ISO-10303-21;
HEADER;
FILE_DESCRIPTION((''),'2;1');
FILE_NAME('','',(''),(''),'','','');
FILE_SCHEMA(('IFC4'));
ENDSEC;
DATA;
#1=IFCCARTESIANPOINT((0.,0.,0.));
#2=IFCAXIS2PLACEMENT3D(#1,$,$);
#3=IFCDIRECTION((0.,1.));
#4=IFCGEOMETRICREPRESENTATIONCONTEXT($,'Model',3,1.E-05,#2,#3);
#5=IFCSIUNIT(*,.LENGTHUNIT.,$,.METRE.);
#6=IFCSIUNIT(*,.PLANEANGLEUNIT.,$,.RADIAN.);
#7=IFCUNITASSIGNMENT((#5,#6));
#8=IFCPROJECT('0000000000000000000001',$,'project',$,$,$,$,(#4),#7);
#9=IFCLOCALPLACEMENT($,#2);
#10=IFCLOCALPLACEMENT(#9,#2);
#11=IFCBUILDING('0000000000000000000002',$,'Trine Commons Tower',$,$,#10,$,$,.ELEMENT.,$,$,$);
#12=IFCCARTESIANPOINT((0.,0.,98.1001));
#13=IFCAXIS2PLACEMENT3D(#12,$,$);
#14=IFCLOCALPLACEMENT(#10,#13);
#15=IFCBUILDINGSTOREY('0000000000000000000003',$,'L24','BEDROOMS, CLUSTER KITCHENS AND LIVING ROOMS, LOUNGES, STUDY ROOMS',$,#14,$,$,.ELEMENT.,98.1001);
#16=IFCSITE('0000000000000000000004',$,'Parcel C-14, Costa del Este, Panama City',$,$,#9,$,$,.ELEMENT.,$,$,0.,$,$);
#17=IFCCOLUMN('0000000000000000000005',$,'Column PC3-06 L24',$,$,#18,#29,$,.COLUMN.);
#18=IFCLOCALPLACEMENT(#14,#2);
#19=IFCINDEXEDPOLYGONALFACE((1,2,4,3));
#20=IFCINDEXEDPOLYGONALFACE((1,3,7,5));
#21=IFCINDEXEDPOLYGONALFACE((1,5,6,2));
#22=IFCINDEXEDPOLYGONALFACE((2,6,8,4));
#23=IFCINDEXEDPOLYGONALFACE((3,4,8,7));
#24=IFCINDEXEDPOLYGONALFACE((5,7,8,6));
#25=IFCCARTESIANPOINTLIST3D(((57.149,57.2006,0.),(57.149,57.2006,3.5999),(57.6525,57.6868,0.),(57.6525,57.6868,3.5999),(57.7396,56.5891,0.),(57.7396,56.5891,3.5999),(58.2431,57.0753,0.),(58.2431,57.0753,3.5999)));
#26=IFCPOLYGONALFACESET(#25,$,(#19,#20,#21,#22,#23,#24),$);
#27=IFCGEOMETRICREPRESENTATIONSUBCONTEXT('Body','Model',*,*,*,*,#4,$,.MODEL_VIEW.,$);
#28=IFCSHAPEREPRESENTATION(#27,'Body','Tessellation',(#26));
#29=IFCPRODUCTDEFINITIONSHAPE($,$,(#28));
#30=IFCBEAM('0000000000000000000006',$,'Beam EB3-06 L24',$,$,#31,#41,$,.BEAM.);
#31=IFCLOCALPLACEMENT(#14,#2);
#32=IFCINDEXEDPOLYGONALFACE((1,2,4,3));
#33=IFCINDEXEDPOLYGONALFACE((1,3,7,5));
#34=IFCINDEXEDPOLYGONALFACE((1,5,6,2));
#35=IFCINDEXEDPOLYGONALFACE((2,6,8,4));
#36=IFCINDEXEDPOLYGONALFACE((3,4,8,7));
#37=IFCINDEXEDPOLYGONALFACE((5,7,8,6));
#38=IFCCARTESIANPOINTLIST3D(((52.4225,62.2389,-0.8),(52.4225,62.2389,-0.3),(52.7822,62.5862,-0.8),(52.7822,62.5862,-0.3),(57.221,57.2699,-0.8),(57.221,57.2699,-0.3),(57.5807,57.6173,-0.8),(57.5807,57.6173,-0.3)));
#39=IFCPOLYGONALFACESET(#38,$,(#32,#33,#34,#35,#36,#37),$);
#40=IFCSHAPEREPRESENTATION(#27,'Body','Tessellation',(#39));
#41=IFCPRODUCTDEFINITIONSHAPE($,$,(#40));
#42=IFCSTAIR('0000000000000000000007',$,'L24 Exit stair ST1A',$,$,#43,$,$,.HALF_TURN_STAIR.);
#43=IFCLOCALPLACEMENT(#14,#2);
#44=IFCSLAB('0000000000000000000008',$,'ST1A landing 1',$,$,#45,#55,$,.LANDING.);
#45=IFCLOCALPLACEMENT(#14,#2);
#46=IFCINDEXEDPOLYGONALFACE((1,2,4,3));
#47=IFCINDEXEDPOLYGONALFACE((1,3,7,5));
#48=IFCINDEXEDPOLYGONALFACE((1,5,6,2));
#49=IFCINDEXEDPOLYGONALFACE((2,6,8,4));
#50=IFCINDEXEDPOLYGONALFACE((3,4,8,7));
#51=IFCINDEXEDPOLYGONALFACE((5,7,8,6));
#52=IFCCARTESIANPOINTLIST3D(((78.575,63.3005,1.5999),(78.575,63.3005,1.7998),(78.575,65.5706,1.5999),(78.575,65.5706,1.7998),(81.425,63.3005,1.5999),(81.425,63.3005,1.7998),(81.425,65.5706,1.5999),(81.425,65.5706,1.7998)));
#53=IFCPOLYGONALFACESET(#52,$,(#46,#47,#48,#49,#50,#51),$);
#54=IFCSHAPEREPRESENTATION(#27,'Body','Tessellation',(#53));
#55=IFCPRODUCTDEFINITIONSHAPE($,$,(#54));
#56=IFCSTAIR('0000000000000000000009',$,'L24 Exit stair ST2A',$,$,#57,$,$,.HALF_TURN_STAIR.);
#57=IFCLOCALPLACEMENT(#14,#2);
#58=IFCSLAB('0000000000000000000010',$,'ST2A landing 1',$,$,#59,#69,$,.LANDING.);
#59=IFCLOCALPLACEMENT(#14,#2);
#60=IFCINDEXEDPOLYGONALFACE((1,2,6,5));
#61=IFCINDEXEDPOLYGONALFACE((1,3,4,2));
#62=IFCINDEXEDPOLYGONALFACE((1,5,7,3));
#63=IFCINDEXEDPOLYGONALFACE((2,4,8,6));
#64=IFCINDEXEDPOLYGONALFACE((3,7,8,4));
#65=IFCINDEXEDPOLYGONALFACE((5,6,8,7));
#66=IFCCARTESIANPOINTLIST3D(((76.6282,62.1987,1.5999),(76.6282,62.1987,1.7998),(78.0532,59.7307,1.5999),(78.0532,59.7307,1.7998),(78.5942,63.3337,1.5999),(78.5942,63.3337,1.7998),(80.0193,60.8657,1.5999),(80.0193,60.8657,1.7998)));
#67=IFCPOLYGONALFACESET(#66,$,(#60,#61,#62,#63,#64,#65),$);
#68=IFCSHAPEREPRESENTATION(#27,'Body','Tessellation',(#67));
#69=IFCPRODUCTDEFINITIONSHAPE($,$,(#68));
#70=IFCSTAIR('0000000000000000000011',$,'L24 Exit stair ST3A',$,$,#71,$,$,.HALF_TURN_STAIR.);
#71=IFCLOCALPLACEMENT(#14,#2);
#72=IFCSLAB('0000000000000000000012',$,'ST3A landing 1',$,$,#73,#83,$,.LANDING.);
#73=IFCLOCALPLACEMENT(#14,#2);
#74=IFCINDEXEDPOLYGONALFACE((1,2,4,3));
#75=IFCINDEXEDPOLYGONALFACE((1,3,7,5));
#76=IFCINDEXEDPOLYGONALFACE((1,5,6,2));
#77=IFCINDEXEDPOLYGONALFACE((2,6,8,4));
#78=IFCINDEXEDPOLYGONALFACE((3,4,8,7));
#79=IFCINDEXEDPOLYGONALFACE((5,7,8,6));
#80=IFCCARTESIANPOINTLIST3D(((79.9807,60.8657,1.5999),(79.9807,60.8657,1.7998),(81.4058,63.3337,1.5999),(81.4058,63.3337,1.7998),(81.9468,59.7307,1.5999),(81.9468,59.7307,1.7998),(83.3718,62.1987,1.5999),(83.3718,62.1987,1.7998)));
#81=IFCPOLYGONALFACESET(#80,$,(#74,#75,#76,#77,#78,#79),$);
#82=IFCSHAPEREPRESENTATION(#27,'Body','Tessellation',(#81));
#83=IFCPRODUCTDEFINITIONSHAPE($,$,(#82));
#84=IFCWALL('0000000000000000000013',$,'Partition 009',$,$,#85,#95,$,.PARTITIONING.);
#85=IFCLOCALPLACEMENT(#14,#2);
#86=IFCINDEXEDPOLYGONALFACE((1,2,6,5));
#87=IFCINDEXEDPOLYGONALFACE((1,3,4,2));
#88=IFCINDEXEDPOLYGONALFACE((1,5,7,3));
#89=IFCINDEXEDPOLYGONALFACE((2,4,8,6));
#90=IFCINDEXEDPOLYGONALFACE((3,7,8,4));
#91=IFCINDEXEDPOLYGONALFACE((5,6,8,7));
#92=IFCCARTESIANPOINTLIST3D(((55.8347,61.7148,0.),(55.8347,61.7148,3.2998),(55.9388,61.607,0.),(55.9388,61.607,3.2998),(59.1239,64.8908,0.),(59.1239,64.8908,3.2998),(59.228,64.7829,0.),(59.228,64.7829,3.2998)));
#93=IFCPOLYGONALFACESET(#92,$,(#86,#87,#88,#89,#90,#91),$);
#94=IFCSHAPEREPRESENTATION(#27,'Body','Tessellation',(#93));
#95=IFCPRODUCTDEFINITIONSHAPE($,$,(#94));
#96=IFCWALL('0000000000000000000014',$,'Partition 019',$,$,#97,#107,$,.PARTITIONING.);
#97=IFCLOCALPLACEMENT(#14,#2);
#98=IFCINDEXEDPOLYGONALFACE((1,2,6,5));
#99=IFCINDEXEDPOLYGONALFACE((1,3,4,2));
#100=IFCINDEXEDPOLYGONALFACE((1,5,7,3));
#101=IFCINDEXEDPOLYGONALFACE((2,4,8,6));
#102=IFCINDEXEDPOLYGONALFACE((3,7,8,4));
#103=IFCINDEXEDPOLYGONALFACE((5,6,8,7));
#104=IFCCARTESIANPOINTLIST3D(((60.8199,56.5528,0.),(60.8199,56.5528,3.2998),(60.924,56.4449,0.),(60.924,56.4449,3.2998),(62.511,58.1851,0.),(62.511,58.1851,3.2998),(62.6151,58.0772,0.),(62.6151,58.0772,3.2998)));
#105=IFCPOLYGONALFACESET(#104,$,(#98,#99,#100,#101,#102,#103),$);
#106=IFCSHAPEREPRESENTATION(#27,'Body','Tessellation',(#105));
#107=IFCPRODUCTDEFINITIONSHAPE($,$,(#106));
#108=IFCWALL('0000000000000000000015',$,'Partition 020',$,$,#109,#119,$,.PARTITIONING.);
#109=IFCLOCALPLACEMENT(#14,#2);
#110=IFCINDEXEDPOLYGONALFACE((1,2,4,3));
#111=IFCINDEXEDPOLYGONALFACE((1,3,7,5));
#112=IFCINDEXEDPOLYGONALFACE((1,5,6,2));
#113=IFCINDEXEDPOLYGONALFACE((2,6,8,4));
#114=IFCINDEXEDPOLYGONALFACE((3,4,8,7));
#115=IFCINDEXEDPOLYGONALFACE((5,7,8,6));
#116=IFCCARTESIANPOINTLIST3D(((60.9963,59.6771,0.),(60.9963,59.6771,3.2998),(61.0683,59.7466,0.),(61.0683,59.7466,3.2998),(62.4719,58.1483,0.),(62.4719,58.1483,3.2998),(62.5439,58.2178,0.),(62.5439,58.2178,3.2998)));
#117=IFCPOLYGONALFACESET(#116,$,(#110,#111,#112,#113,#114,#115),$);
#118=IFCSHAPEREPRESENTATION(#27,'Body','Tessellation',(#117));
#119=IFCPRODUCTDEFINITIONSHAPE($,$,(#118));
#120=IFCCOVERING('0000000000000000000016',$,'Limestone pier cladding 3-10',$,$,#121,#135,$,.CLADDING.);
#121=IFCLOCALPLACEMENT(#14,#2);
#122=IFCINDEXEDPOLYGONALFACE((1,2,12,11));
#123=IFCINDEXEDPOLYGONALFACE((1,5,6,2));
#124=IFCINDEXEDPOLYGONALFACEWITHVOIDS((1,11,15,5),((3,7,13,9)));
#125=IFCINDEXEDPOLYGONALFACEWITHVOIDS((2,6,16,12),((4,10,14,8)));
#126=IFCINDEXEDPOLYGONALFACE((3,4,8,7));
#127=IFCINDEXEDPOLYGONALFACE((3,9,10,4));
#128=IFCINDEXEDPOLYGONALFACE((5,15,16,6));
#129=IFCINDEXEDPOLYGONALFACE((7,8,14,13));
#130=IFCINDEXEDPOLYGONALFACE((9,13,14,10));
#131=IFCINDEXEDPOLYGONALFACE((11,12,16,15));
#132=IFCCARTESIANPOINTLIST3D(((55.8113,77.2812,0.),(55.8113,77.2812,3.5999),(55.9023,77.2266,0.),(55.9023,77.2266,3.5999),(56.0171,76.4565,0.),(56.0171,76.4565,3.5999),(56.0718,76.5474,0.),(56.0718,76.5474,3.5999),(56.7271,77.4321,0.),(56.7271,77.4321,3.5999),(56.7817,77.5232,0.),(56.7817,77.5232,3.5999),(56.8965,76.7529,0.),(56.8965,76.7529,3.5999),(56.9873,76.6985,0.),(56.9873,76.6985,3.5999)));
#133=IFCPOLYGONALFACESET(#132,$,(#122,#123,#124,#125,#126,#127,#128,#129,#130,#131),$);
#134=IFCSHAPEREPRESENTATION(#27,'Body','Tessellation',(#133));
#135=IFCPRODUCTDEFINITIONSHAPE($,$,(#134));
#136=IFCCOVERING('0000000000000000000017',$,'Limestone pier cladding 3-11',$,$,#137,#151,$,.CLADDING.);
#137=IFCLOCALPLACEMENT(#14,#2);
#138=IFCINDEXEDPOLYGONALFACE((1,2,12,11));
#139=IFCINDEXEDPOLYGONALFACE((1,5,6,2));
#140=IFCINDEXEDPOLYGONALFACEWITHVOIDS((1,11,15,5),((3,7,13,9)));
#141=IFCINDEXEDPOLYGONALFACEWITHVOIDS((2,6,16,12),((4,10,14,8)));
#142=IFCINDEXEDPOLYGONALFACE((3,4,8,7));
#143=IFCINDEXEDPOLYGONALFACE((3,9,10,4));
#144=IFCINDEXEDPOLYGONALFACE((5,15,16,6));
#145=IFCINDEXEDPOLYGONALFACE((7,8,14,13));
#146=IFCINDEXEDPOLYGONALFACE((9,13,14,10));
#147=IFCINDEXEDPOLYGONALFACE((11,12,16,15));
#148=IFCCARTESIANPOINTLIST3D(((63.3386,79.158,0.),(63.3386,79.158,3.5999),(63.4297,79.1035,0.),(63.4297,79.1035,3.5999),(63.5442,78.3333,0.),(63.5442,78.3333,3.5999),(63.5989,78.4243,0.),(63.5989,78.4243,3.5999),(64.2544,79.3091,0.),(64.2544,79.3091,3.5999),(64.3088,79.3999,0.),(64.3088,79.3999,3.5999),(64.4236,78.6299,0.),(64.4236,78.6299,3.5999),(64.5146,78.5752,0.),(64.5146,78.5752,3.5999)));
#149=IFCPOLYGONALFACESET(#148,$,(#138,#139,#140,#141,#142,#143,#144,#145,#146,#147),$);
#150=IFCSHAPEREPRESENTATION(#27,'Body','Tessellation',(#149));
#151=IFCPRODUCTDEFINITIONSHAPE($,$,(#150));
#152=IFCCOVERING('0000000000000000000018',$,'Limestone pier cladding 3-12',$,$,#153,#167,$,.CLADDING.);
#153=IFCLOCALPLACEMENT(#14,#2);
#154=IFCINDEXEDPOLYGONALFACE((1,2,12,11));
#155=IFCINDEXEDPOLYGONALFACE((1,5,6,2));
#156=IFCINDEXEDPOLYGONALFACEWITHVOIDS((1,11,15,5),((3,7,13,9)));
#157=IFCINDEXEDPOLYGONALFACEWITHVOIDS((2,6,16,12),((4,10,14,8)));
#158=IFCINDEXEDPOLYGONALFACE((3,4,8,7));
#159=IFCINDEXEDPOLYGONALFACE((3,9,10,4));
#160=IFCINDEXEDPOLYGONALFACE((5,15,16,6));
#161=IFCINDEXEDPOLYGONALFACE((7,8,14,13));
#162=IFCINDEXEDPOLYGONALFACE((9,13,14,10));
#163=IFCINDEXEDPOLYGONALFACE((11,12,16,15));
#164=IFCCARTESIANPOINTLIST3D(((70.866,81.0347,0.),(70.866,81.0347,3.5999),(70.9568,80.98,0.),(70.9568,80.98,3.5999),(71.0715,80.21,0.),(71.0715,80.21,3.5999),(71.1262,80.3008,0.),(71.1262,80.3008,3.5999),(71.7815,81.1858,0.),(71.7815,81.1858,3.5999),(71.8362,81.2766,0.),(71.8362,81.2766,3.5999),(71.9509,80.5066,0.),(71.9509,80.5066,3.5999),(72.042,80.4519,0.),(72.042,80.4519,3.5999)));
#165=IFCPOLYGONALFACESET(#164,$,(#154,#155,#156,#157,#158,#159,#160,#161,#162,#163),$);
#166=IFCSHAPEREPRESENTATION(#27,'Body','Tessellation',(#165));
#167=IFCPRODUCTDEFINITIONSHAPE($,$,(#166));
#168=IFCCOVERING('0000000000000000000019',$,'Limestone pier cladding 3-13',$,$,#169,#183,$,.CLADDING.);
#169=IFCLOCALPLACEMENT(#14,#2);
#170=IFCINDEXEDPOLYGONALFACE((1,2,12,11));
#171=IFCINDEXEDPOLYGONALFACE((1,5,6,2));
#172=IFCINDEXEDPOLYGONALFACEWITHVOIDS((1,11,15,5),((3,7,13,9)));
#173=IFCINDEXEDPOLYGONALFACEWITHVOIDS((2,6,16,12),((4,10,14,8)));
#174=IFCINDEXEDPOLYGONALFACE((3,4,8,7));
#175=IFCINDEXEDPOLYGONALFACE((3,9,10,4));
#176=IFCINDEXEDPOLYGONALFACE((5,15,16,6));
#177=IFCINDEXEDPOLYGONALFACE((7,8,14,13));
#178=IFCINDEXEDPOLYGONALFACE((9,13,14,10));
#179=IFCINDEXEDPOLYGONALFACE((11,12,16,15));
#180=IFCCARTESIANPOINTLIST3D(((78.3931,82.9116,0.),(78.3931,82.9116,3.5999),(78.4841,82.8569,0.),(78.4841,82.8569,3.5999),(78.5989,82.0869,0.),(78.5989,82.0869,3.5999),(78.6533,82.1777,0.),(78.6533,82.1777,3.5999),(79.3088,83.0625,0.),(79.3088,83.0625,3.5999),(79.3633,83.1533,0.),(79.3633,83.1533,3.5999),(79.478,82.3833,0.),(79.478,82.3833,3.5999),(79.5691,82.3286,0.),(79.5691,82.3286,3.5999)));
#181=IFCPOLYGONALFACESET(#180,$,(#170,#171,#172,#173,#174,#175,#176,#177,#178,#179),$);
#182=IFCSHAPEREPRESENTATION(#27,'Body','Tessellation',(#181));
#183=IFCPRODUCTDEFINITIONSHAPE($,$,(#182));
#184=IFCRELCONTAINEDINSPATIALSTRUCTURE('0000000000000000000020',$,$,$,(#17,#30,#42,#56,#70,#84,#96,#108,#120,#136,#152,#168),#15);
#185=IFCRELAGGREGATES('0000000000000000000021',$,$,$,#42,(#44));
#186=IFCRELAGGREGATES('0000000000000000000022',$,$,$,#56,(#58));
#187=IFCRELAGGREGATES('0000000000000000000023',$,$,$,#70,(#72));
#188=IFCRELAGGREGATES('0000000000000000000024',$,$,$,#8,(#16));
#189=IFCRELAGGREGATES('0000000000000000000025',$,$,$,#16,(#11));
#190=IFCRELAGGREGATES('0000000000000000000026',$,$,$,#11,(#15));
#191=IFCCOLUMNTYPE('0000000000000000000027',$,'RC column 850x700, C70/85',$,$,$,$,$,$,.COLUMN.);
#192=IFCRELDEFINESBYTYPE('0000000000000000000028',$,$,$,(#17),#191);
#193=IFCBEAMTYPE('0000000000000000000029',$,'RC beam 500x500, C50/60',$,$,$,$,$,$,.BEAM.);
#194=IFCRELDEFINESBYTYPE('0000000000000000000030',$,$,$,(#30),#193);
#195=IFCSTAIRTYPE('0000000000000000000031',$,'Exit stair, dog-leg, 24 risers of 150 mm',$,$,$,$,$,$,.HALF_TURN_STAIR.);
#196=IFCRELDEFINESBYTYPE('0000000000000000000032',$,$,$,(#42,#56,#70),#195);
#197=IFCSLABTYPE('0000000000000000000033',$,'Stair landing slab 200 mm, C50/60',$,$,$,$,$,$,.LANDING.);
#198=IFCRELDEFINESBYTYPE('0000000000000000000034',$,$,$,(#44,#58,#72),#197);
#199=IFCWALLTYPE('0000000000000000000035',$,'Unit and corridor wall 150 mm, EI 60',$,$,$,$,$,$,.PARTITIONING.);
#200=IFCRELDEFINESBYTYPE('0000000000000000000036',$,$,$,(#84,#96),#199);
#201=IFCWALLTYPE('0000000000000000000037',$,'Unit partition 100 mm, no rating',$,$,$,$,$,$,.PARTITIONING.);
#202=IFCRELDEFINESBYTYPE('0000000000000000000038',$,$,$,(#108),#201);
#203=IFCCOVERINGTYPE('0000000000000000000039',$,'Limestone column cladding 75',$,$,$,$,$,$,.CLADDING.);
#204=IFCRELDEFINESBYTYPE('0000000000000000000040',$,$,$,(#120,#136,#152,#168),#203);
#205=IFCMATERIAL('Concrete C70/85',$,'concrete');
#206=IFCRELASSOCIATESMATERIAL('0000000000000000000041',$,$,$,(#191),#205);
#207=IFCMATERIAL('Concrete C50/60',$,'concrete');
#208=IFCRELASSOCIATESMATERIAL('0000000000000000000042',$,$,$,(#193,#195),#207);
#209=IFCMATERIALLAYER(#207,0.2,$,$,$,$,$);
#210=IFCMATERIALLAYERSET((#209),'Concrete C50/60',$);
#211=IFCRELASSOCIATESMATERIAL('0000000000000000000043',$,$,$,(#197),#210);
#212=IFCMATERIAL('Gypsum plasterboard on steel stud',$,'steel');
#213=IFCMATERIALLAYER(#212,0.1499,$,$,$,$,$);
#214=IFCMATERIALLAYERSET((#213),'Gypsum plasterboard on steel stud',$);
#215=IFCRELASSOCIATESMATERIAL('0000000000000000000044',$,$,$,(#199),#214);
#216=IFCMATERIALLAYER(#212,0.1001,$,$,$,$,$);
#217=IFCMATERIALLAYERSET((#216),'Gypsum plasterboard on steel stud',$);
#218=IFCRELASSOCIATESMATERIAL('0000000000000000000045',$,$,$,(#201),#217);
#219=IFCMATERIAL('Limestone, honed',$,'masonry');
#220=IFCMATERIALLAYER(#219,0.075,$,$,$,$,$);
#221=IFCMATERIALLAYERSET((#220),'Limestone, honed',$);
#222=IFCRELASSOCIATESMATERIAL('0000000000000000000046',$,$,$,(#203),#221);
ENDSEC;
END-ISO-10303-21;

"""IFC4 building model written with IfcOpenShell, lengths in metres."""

from ifc_helpers import new_model, si_unit, direction, frame, frame_2d, origin, origin_2d, place, context, subcontext, project, spatial, polyline, rectangle, outline, extrude, material, layer, layer_set, material_profile, profile_set, type_object, element, aggregate, save


model = new_model("IFC4")

# Units and contexts
model_context = context("Model", 3, precision=1e-05, world=origin(), true_north=direction((0.0, 1.0)))
body_context = subcontext(model_context, "Body", "Model", "MODEL_VIEW")
ifc_project = project(units=[si_unit("LENGTHUNIT", "METRE"), si_unit("PLANEANGLEUNIT", "RADIAN")], contexts=[model_context])

# Site, building, storey
site_placement = place(None, origin())
site = spatial("IfcSite", under=ifc_project, at=site_placement, Name="Parcel C-14, Costa del Este, Panama City", CompositionType="ELEMENT", RefElevation=0.0)
building_placement = place(site_placement, origin())
building = spatial("IfcBuilding", under=site, at=building_placement, Name="Trine Commons Tower", CompositionType="ELEMENT")
storey_placement = place(building_placement, frame((0.0, 0.0, 98.1001)))
storey = spatial("IfcBuildingStorey", under=building, at=storey_placement, Name="L24", Description="BEDROOMS, CLUSTER KITCHENS AND LIVING ROOMS, LOUNGES, STUDY ROOMS", CompositionType="ELEMENT", Elevation=98.1001)

# Column
ifc_material_1 = material(Name="Concrete C70/85", Category="concrete")
ifc_material_profile_1 = material_profile(ifc_material_1, rectangle(XDim=0.8501, YDim=0.7, at=origin_2d()), Name="RC 850x700")
ifc_profile_set_1 = profile_set([ifc_material_profile_1], Name="Concrete C70/85")
column_type = type_object("IfcColumnType", Name="RC column 850x700, C70/85", PredefinedType="COLUMN", material=ifc_profile_set_1)
column_placement = place(storey_placement, frame((57.696, 57.1379, 0.0), z_axis=(0.0, 0.0, 1.0), x_axis=(-0.694658, 0.71934, 0.0)))
element("IfcColumn", 1, at=column_placement, inside=storey, type_object=column_type, Name="Column PC3-06 L24", PredefinedType="COLUMN", context=body_context, shape_type="SweptSolid", body=[
    extrude(rectangle(XDim=0.8501, YDim=0.7, at=origin_2d()), origin(), (0.0, 0.0, 1.0), 3.5999),
])

# Beam
ifc_material_2 = material(Name="Concrete C50/60", Category="concrete")
ifc_material_profile_2 = material_profile(ifc_material_2, rectangle(XDim=0.5, YDim=0.5, at=origin_2d()), Name="RC 500x500")
ifc_profile_set_2 = profile_set([ifc_material_profile_2], Name="Concrete C50/60")
beam_type = type_object("IfcBeamType", Name="RC beam 500x500, C50/60", PredefinedType="BEAM", material=ifc_profile_set_2)
beam_placement = place(storey_placement, frame((57.4009, 57.4436, -0.55), z_axis=(-0.694665, 0.719334, 0.0), x_axis=(-0.719334, -0.694665, 0.0)))
element("IfcBeam", 2, at=beam_placement, inside=storey, type_object=beam_type, Name="Beam EB3-06 L24", PredefinedType="BEAM", context=body_context, shape_type="SweptSolid", body=[
    extrude(rectangle(XDim=0.5, YDim=0.5, at=origin_2d()), origin(), (0.0, 0.0, 1.0), 6.9077),
])

# Stairs, slabs
stair_type = type_object("IfcStairType", Name="Exit stair, dog-leg, 24 risers of 150 mm", PredefinedType="HALF_TURN_STAIR", material=ifc_material_2)
stair_1_placement = place(storey_placement, origin())
stair_1 = element("IfcStair", 3, at=stair_1_placement, inside=storey, type_object=stair_type, Name="L24 Exit stair ST1A", PredefinedType="HALF_TURN_STAIR")
ifc_layer_1 = layer(ifc_material_2, 0.2)
ifc_layer_set_1 = layer_set([ifc_layer_1], Name="Concrete C50/60")
slab_type = type_object("IfcSlabType", Name="Stair landing slab 200 mm, C50/60", PredefinedType="LANDING", material=ifc_layer_set_1)
slab_1_placement = place(storey_placement, frame((0.0, 0.0, 1.5999)))
slab_1 = element("IfcSlab", 4, at=slab_1_placement, type_object=slab_type, Name="ST1A landing 1", PredefinedType="LANDING", context=body_context, shape_type="SweptSolid", body=[
    extrude(outline(polyline([(78.575, 65.5706), (78.575, 63.3005), (81.425, 63.3005), (81.425, 65.5706), (78.575, 65.5706)])), origin(), (0.0, 0.0, 1.0), 0.2),
])
aggregate(stair_1, [slab_1])
stair_2_placement = place(storey_placement, origin())
stair_2 = element("IfcStair", 5, at=stair_2_placement, inside=storey, type_object=stair_type, Name="L24 Exit stair ST2A", PredefinedType="HALF_TURN_STAIR")
slab_2_placement = place(storey_placement, frame((0.0, 0.0, 1.5999)))
slab_2 = element("IfcSlab", 6, at=slab_2_placement, type_object=slab_type, Name="ST2A landing 1", PredefinedType="LANDING", context=body_context, shape_type="SweptSolid", body=[
    extrude(outline(polyline([(78.0532, 59.7307), (80.0193, 60.8657), (78.5942, 63.3337), (76.6282, 62.1987), (78.0532, 59.7307)])), origin(), (0.0, 0.0, 1.0), 0.2),
])
aggregate(stair_2, [slab_2])
stair_3_placement = place(storey_placement, origin())
stair_3 = element("IfcStair", 7, at=stair_3_placement, inside=storey, type_object=stair_type, Name="L24 Exit stair ST3A", PredefinedType="HALF_TURN_STAIR")
slab_3_placement = place(storey_placement, frame((0.0, 0.0, 1.5999)))
slab_3 = element("IfcSlab", 8, at=slab_3_placement, type_object=slab_type, Name="ST3A landing 1", PredefinedType="LANDING", context=body_context, shape_type="SweptSolid", body=[
    extrude(outline(polyline([(83.3718, 62.1987), (81.4058, 63.3337), (79.9807, 60.8657), (81.9468, 59.7307), (83.3718, 62.1987)])), origin(), (0.0, 0.0, 1.0), 0.2),
])
aggregate(stair_3, [slab_3])

# Walls
ifc_material_3 = material(Name="Gypsum plasterboard on steel stud", Category="steel")
ifc_layer_2 = layer(ifc_material_3, 0.1499)
ifc_layer_set_2 = layer_set([ifc_layer_2], Name="Gypsum plasterboard on steel stud")
wall_type_1 = type_object("IfcWallType", Name="Unit and corridor wall 150 mm, EI 60", PredefinedType="PARTITIONING", material=ifc_layer_set_2)
wall_1_placement = place(storey_placement, frame((55.8867, 61.6609, 0.0), z_axis=(0.0, 0.0, 1.0), x_axis=(0.719386, 0.694611, 0.0)))
element("IfcWall", 9, at=wall_1_placement, inside=storey, type_object=wall_type_1, Name="Partition 009", PredefinedType="PARTITIONING", context=body_context, shape_type="SweptSolid", body=[
    extrude(rectangle(XDim=4.5723, YDim=0.1499, at=frame_2d((2.2861, 0.0))), origin(), (0.0, 0.0, 1.0), 3.2998),
])
wall_2_placement = place(storey_placement, frame((60.8718, 56.4988, 0.0), z_axis=(0.0, 0.0, 1.0), x_axis=(0.719512, 0.69448, 0.0)))
element("IfcWall", 10, at=wall_2_placement, inside=storey, type_object=wall_type_1, Name="Partition 019", PredefinedType="PARTITIONING", context=body_context, shape_type="SweptSolid", body=[
    extrude(rectangle(XDim=2.3503, YDim=0.1499, at=frame_2d((1.1753, 0.0))), origin(), (0.0, 0.0, 1.0), 3.2998),
])
ifc_layer_3 = layer(ifc_material_3, 0.1001)
ifc_layer_set_3 = layer_set([ifc_layer_3], Name="Gypsum plasterboard on steel stud")
wall_type_2 = type_object("IfcWallType", Name="Unit partition 100 mm, no rating", PredefinedType="PARTITIONING", material=ifc_layer_set_3)
wall_3_placement = place(storey_placement, frame((61.0322, 59.7119, 0.0), z_axis=(0.0, 0.0, 1.0), x_axis=(0.694471, -0.71952, 0.0)))
element("IfcWall", 11, at=wall_3_placement, inside=storey, type_object=wall_type_2, Name="Partition 020", PredefinedType="PARTITIONING", context=body_context, shape_type="SweptSolid", body=[
    extrude(rectangle(XDim=2.1248, YDim=0.1001, at=frame_2d((1.0625, 0.0))), origin(), (0.0, 0.0, 1.0), 3.2998),
])

# Coverings
ifc_material_4 = material(Name="Limestone, honed", Category="masonry")
ifc_layer_4 = layer(ifc_material_4, 0.075)
ifc_layer_set_4 = layer_set([ifc_layer_4], Name="Limestone, honed")
covering_type_1 = type_object("IfcCoveringType", Name="Limestone column cladding 75", PredefinedType="CLADDING", material=ifc_layer_set_4)
covering_1_placement = place(storey_placement, origin())
element("IfcCovering", 12, at=covering_1_placement, inside=storey, type_object=covering_type_1, Name="Limestone pier cladding 3-10", PredefinedType="CLADDING", context=body_context, shape_type="SweptSolid", body=[
    extrude(outline(polyline([(56.9873, 76.6985), (56.7817, 77.5232), (55.8113, 77.2812), (56.0171, 76.4565), (56.9873, 76.6985)]), holes=[polyline([(56.8965, 76.7529), (56.7271, 77.4321), (55.9023, 77.2266), (56.0718, 76.5474), (56.8965, 76.7529)])]), origin(), (0.0, 0.0, 1.0), 3.5999),
])
covering_2_placement = place(storey_placement, origin())
element("IfcCovering", 13, at=covering_2_placement, inside=storey, type_object=covering_type_1, Name="Limestone pier cladding 3-11", PredefinedType="CLADDING", context=body_context, shape_type="SweptSolid", body=[
    extrude(outline(polyline([(64.5146, 78.5752), (64.3088, 79.3999), (63.3386, 79.158), (63.5442, 78.3333), (64.5146, 78.5752)]), holes=[polyline([(64.4236, 78.6299), (64.2544, 79.3091), (63.4297, 79.1035), (63.5989, 78.4243), (64.4236, 78.6299)])]), origin(), (0.0, 0.0, 1.0), 3.5999),
])
covering_3_placement = place(storey_placement, origin())
element("IfcCovering", 14, at=covering_3_placement, inside=storey, type_object=covering_type_1, Name="Limestone pier cladding 3-12", PredefinedType="CLADDING", context=body_context, shape_type="SweptSolid", body=[
    extrude(outline(polyline([(72.042, 80.4519), (71.8362, 81.2766), (70.866, 81.0347), (71.0715, 80.21), (72.042, 80.4519)]), holes=[polyline([(71.9509, 80.5066), (71.7815, 81.1858), (70.9568, 80.98), (71.1262, 80.3008), (71.9509, 80.5066)])]), origin(), (0.0, 0.0, 1.0), 3.5999),
])
covering_4_placement = place(storey_placement, origin())
element("IfcCovering", 15, at=covering_4_placement, inside=storey, type_object=covering_type_1, Name="Limestone pier cladding 3-13", PredefinedType="CLADDING", context=body_context, shape_type="SweptSolid", body=[
    extrude(outline(polyline([(79.5691, 82.3286), (79.3633, 83.1533), (78.3931, 82.9116), (78.5989, 82.0869), (79.5691, 82.3286)]), holes=[polyline([(79.478, 82.3833), (79.3088, 83.0625), (78.4841, 82.8569), (78.6533, 82.1777), (79.478, 82.3833)])]), origin(), (0.0, 0.0, 1.0), 3.5999),
])

save(model, "model.ifc")
